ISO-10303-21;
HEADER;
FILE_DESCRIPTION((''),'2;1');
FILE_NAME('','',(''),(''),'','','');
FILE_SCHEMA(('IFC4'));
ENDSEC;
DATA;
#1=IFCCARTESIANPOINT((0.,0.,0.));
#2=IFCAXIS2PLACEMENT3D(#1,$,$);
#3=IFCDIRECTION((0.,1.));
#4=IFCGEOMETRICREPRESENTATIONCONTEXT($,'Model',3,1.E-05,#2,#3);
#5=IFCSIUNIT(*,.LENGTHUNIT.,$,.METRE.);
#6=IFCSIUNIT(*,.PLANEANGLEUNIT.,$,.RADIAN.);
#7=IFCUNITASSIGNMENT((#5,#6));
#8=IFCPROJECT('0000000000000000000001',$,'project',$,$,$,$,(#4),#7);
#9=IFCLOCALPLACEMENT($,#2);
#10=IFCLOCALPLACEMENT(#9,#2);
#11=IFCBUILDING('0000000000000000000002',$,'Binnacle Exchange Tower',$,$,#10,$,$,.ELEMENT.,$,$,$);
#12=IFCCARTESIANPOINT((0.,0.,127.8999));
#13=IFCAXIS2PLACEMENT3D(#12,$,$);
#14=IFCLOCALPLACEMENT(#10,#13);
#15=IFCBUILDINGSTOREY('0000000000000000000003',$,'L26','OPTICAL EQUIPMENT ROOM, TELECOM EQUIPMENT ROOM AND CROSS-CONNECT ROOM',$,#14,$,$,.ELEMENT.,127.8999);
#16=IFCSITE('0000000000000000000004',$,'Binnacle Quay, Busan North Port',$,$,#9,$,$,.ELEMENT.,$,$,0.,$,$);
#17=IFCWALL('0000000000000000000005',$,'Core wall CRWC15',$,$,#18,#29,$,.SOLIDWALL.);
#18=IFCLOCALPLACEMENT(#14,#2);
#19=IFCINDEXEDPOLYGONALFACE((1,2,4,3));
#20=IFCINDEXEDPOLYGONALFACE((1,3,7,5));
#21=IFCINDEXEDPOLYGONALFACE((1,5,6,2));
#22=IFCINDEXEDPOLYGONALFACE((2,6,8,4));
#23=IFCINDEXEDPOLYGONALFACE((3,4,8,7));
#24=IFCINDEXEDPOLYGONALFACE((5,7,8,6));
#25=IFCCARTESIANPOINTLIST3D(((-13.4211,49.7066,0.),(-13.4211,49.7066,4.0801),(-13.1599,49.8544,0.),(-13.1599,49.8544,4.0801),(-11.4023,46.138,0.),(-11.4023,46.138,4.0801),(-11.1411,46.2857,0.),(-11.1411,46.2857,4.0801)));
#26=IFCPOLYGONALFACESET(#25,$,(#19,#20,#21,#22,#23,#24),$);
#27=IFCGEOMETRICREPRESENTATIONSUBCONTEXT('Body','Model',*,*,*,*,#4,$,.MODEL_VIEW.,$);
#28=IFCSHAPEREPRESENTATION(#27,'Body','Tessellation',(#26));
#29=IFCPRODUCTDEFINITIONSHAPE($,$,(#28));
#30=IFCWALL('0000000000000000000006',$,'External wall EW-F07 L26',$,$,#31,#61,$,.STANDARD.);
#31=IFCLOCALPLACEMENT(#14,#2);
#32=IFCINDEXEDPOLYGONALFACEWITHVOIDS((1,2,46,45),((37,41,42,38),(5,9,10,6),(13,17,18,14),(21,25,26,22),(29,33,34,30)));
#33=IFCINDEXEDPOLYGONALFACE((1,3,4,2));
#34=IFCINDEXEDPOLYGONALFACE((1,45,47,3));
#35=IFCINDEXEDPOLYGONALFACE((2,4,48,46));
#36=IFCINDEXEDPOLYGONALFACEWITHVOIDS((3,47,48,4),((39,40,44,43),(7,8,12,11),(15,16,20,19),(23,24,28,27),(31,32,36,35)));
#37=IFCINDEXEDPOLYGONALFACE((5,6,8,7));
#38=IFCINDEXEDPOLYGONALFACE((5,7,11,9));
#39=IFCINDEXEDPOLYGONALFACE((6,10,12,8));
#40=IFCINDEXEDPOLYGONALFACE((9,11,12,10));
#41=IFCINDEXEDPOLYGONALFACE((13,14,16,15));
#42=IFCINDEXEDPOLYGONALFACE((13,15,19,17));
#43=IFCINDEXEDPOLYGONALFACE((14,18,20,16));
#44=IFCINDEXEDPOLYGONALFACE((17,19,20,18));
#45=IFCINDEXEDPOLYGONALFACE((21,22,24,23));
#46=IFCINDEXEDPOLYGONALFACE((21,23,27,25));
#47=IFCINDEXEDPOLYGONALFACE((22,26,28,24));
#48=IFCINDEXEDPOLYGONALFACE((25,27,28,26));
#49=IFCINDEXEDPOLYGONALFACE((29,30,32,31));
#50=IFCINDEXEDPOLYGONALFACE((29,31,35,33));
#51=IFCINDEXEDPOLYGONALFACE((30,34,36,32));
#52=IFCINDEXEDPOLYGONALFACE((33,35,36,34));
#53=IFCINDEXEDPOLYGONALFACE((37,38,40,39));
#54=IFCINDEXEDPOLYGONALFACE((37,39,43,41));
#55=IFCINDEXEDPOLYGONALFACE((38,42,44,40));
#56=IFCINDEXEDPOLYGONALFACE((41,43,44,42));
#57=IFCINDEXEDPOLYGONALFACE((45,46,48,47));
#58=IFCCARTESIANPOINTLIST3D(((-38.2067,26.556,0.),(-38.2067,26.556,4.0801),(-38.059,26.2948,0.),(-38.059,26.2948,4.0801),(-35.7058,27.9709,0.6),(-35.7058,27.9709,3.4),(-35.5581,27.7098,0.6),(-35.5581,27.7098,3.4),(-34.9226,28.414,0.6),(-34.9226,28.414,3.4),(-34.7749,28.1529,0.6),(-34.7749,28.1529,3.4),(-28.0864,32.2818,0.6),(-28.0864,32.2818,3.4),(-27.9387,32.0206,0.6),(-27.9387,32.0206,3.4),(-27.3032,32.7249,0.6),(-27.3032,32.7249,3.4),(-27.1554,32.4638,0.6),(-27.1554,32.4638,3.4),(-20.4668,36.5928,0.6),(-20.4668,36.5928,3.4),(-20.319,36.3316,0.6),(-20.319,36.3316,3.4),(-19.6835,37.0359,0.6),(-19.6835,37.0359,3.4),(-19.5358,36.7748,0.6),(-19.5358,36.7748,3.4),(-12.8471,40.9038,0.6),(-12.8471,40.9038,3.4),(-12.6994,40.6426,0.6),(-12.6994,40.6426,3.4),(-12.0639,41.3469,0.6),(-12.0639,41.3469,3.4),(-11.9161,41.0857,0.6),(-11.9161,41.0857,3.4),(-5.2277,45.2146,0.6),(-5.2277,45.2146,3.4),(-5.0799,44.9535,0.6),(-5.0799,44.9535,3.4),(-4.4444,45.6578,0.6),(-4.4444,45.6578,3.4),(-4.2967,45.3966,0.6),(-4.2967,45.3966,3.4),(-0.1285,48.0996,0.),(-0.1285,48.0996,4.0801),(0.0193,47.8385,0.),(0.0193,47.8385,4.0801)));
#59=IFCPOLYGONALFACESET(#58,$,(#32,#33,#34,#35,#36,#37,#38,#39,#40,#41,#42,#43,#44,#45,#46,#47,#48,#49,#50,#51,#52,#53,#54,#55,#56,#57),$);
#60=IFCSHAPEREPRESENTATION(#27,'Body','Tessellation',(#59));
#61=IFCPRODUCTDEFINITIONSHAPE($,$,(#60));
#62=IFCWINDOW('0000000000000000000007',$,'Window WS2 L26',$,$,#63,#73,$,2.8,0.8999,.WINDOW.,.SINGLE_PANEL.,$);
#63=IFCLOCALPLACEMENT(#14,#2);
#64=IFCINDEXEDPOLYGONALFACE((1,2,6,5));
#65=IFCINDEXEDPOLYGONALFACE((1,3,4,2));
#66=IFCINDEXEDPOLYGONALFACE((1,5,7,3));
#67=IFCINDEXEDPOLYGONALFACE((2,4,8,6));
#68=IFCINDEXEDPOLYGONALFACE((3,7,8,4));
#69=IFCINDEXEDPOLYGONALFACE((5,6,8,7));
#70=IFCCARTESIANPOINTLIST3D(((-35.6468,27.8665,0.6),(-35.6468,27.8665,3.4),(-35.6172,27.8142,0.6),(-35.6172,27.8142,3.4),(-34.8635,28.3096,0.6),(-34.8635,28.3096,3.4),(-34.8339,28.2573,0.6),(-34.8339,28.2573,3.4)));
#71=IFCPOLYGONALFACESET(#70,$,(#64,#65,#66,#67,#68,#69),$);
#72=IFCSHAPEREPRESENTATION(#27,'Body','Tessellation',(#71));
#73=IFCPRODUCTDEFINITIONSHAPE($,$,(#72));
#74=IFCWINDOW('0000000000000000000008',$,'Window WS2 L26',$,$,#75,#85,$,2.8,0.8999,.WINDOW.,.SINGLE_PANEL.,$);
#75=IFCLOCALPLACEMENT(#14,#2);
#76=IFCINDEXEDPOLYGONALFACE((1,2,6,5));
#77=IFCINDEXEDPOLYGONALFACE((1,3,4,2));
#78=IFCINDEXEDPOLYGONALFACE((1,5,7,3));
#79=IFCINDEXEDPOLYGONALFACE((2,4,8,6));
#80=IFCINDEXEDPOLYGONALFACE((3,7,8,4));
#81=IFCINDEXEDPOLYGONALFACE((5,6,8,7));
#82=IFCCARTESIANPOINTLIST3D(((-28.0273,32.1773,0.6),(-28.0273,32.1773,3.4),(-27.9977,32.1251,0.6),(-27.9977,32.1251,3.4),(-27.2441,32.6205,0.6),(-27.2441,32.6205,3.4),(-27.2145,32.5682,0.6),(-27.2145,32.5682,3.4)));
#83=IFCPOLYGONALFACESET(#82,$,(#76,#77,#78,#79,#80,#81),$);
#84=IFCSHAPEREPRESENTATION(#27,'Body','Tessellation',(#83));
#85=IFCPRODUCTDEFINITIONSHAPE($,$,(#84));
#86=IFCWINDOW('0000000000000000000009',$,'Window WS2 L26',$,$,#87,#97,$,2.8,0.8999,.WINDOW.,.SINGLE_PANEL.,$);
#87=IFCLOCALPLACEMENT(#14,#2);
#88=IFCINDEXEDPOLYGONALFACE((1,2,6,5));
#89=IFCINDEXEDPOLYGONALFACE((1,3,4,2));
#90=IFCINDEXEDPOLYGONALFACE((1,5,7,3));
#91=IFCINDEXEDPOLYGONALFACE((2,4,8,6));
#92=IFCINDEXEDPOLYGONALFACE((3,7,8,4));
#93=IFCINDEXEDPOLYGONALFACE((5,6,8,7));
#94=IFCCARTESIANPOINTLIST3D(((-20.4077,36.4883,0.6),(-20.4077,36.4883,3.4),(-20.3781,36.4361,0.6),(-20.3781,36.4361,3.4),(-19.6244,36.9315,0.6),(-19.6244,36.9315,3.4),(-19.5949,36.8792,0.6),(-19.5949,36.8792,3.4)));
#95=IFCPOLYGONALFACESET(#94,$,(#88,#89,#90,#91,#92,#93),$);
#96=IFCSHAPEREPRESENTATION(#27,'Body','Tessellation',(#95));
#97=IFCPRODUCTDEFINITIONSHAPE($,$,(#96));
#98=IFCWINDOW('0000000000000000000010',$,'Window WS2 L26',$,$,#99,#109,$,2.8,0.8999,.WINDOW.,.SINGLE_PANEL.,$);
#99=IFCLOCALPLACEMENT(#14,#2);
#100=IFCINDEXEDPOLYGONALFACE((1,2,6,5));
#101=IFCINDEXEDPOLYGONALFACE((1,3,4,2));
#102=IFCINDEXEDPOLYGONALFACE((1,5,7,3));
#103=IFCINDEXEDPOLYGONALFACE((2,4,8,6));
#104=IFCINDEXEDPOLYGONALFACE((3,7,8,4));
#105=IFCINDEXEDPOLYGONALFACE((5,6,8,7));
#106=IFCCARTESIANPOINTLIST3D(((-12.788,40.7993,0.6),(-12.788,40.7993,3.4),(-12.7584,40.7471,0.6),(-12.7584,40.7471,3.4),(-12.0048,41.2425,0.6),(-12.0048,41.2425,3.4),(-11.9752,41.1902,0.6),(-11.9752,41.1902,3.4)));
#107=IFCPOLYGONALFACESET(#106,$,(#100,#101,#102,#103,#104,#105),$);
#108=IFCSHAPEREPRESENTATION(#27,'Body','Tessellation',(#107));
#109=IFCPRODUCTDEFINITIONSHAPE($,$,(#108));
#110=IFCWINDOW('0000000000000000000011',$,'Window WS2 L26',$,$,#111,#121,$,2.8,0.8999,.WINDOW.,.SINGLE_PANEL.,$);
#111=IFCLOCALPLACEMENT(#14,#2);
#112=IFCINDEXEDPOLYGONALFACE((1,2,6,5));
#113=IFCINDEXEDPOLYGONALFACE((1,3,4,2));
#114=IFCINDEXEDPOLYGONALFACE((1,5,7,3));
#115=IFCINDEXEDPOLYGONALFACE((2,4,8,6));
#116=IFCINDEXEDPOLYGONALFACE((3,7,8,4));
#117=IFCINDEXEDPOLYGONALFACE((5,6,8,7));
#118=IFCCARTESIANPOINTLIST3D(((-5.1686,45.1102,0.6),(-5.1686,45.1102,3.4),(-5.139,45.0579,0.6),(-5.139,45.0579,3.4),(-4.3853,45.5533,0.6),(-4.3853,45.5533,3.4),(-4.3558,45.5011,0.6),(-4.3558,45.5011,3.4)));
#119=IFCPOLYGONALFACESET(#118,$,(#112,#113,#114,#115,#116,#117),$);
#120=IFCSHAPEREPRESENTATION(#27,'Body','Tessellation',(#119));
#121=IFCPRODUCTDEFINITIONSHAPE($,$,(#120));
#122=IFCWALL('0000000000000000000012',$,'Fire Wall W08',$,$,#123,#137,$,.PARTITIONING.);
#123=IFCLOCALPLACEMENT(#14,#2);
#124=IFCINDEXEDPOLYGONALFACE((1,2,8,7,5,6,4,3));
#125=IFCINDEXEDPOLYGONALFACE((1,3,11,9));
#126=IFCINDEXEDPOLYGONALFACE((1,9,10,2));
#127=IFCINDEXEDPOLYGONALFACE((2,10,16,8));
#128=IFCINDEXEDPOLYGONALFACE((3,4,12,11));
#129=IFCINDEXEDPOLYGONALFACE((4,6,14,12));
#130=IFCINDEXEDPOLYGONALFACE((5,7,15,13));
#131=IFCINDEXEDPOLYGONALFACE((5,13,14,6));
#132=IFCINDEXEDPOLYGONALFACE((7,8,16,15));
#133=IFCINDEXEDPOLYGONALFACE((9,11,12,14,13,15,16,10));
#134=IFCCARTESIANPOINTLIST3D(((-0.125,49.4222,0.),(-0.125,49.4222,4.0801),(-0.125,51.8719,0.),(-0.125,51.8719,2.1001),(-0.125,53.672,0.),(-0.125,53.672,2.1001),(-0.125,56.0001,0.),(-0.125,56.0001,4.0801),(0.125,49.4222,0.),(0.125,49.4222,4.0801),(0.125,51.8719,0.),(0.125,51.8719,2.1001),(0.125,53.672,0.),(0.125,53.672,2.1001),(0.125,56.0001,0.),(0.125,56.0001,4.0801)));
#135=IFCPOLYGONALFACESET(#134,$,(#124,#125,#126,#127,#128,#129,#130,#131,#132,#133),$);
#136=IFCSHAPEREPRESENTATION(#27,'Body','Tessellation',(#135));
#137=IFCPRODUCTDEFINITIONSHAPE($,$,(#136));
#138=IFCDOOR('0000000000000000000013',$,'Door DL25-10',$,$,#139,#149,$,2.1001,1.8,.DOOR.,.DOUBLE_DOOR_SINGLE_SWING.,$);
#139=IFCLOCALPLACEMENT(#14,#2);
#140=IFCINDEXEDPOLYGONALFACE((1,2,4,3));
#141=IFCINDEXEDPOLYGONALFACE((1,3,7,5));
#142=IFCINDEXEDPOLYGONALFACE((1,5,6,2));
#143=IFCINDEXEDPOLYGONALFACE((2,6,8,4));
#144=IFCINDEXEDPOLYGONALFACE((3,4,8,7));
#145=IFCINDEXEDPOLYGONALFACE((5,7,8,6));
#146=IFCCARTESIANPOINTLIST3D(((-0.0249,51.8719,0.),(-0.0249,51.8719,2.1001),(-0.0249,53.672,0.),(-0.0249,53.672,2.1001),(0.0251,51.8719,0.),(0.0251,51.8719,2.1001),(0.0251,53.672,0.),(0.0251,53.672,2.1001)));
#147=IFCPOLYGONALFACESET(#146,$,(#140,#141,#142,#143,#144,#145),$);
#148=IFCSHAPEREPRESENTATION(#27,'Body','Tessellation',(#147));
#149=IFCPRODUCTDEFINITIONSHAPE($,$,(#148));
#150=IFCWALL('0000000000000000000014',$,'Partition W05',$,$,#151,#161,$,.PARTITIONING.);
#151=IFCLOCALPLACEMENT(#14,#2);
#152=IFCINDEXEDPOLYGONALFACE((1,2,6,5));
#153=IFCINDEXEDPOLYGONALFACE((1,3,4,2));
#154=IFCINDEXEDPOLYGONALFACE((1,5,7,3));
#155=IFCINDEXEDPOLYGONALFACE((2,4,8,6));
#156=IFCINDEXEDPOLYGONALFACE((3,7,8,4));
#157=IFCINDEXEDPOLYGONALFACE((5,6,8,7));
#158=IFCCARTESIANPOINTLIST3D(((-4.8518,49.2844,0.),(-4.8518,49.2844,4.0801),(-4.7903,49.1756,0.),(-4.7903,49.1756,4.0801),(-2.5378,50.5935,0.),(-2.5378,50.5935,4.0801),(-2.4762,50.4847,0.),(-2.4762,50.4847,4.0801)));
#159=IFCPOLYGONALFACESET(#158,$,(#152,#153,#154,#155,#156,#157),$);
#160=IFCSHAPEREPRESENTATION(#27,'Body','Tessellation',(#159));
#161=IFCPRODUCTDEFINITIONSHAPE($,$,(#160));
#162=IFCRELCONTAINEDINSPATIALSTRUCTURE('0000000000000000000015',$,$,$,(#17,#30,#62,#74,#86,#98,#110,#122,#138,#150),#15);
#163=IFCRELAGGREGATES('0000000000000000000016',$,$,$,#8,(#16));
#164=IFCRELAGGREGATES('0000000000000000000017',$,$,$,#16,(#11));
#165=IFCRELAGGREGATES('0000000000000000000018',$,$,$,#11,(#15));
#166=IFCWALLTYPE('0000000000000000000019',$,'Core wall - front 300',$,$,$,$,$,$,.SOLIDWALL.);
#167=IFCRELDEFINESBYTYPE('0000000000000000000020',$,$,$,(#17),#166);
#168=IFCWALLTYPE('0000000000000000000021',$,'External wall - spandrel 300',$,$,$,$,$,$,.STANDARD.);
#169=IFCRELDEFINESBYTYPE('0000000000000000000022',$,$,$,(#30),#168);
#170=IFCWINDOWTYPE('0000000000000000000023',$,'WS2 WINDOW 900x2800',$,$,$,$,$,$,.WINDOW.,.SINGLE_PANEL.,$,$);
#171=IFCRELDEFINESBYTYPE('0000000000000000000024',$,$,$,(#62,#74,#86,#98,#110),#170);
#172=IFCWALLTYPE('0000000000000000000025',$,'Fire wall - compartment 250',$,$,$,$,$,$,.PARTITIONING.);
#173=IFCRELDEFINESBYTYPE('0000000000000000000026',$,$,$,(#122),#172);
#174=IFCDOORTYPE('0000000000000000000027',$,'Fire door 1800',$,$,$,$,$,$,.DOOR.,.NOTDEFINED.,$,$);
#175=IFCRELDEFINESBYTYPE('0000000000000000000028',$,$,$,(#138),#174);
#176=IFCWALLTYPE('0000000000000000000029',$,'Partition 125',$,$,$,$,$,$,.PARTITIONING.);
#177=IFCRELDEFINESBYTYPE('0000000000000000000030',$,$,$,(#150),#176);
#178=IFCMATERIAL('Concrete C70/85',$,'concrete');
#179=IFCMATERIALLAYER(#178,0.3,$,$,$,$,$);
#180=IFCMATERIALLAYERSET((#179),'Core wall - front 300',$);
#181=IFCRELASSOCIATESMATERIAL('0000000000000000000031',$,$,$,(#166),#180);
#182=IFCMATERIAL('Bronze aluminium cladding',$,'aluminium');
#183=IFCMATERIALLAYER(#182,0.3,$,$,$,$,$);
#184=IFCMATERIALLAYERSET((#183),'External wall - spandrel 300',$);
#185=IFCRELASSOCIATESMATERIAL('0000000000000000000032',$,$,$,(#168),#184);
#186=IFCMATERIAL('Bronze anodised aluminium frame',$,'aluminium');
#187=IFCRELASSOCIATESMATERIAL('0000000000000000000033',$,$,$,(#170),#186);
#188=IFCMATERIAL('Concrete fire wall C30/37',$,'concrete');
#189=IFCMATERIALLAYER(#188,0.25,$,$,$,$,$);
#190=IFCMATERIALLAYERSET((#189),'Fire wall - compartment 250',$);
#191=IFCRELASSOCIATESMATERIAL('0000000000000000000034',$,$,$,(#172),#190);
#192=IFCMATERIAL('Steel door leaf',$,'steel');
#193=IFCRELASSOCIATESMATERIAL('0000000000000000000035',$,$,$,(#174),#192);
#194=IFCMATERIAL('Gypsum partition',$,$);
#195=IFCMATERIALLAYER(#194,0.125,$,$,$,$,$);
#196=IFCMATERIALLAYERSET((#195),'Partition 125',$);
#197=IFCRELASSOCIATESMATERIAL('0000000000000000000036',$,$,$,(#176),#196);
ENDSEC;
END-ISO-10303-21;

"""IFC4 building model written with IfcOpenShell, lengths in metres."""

from ifc_helpers import new_model, si_unit, direction, frame, frame_2d, origin, place, context, subcontext, project, spatial, rectangle, extrude, material, layer, layer_set, type_object, element, fill, save


model = new_model("IFC4")

# Units and contexts
model_context = context("Model", 3, precision=1e-05, world=origin(), true_north=direction((0.0, 1.0)))
body_context = subcontext(model_context, "Body", "Model", "MODEL_VIEW")
ifc_project = project(units=[si_unit("LENGTHUNIT", "METRE"), si_unit("PLANEANGLEUNIT", "RADIAN")], contexts=[model_context])

# Site, building, storey
site_placement = place(None, origin())
site = spatial("IfcSite", under=ifc_project, at=site_placement, Name="Binnacle Quay, Busan North Port", CompositionType="ELEMENT", RefElevation=0.0)
building_placement = place(site_placement, origin())
building = spatial("IfcBuilding", under=site, at=building_placement, Name="Binnacle Exchange Tower", CompositionType="ELEMENT")
storey_placement = place(building_placement, frame((0.0, 0.0, 127.8999)))
storey = spatial("IfcBuildingStorey", under=building, at=storey_placement, Name="L26", Description="OPTICAL EQUIPMENT ROOM, TELECOM EQUIPMENT ROOM AND CROSS-CONNECT ROOM", CompositionType="ELEMENT", Elevation=127.8999)

# Shared definitions
ifc_material_1 = material(Name="Concrete C70/85", Category="concrete")

# Shared definitions
ifc_layer_1 = layer(ifc_material_1, 0.3)
ifc_layer_set_1 = layer_set([ifc_layer_1], Name="Core wall - front 300")
wall_type_1 = type_object("IfcWallType", Name="Core wall - front 300", PredefinedType="SOLIDWALL", material=ifc_layer_set_1)
ifc_material_2 = material(Name="Steel door leaf", Category="steel")

# Wall
wall_1_placement = place(storey_placement, frame((-13.2905, 49.7805, 0.0), z_axis=(0.0, 0.0, 1.0), x_axis=(0.492383, -0.870379, 0.0)))
element("IfcWall", 1, at=wall_1_placement, inside=storey, type_object=wall_type_1, Name="Core wall CRWC15", PredefinedType="SOLIDWALL", context=body_context, shape_type="SweptSolid", body=[
    extrude(rectangle(XDim=4.1001, YDim=0.3, at=frame_2d((2.05, 0.0))), origin(), (0.0, 0.0, 1.0), 4.0801),
])

# Wall, openings, windows
ifc_material_3 = material(Name="Bronze aluminium cladding", Category="aluminium")
ifc_layer_2 = layer(ifc_material_3, 0.3)
ifc_layer_set_2 = layer_set([ifc_layer_2], Name="External wall - spandrel 300")
wall_type_2 = type_object("IfcWallType", Name="External wall - spandrel 300", PredefinedType="STANDARD", material=ifc_layer_set_2)
wall_2_placement = place(storey_placement, frame((-0.0547, 47.969, 0.0), z_axis=(0.0, 0.0, 1.0), x_axis=(-0.870356, -0.492423, 0.0)))
wall_2 = element("IfcWall", 2, at=wall_2_placement, inside=storey, type_object=wall_type_2, Name="External wall EW-F07 L26", PredefinedType="STANDARD", context=body_context, shape_type="SweptSolid", body=[
    extrude(rectangle(XDim=43.7502, YDim=0.3, at=frame_2d((21.875, 0.0))), origin(), (0.0, 0.0, 1.0), 4.0801),
])
opening_1_placement = place(wall_2_placement, frame((39.9768, 0.0, 0.6001)))
opening_1 = element("IfcOpeningElement", 3, at=opening_1_placement, cuts=wall_2, PredefinedType="OPENING", context=body_context, shape_type="SweptSolid", body=[
    extrude(rectangle(XDim=0.8999, YDim=2.8, at=frame_2d((0.45, 1.3999))), frame((0.0, 0.1599, 0.0), z_axis=(0.0, -1.0, 0.0), x_axis=(1.0, 0.0, 0.0)), (0.0, 0.0, 1.0), 0.3201),
])
opening_2_placement = place(wall_2_placement, frame((31.2224, 0.0, 0.6001)))
opening_2 = element("IfcOpeningElement", 4, at=opening_2_placement, cuts=wall_2, PredefinedType="OPENING", context=body_context, shape_type="SweptSolid", body=[
    extrude(rectangle(XDim=0.8999, YDim=2.8, at=frame_2d((0.45, 1.3999))), frame((0.0, 0.1599, 0.0), z_axis=(0.0, -1.0, 0.0), x_axis=(1.0, 0.0, 0.0)), (0.0, 0.0, 1.0), 0.3201),
])
opening_3_placement = place(wall_2_placement, frame((22.4678, 0.0, 0.6001)))
opening_3 = element("IfcOpeningElement", 5, at=opening_3_placement, cuts=wall_2, PredefinedType="OPENING", context=body_context, shape_type="SweptSolid", body=[
    extrude(rectangle(XDim=0.8999, YDim=2.8, at=frame_2d((0.45, 1.3999))), frame((0.0, 0.1599, 0.0), z_axis=(0.0, -1.0, 0.0), x_axis=(1.0, 0.0, 0.0)), (0.0, 0.0, 1.0), 0.3201),
])
opening_4_placement = place(wall_2_placement, frame((13.7131, 0.0, 0.6001)))
opening_4 = element("IfcOpeningElement", 6, at=opening_4_placement, cuts=wall_2, PredefinedType="OPENING", context=body_context, shape_type="SweptSolid", body=[
    extrude(rectangle(XDim=0.8999, YDim=2.8, at=frame_2d((0.45, 1.3999))), frame((0.0, 0.1599, 0.0), z_axis=(0.0, -1.0, 0.0), x_axis=(1.0, 0.0, 0.0)), (0.0, 0.0, 1.0), 0.3201),
])
opening_5_placement = place(wall_2_placement, frame((4.9587, 0.0, 0.6001)))
opening_5 = element("IfcOpeningElement", 7, at=opening_5_placement, cuts=wall_2, PredefinedType="OPENING", context=body_context, shape_type="SweptSolid", body=[
    extrude(rectangle(XDim=0.8999, YDim=2.8, at=frame_2d((0.45, 1.3999))), frame((0.0, 0.1599, 0.0), z_axis=(0.0, -1.0, 0.0), x_axis=(1.0, 0.0, 0.0)), (0.0, 0.0, 1.0), 0.3201),
])
ifc_material_4 = material(Name="Bronze anodised aluminium frame", Category="aluminium")
window_type = type_object("IfcWindowType", Name="WS2 WINDOW 900x2800", PartitioningType="SINGLE_PANEL", PredefinedType="WINDOW", material=ifc_material_4)
window_1_placement = place(opening_1_placement, origin())
window_1 = element("IfcWindow", 8, at=window_1_placement, inside=storey, type_object=window_type, Name="Window WS2 L26", OverallHeight=2.8, OverallWidth=0.8999, PartitioningType="SINGLE_PANEL", PredefinedType="WINDOW", context=body_context, shape_type="SweptSolid", body=[
    extrude(rectangle(XDim=0.8999, YDim=2.8, at=frame_2d((0.45, 1.3999))), frame((0.0, 0.03, 0.0), z_axis=(0.0, -1.0, 0.0), x_axis=(1.0, 0.0, 0.0)), (0.0, 0.0, 1.0), 0.0601),
])
fill(opening_1, window_1)
window_2_placement = place(opening_2_placement, origin())
window_2 = element("IfcWindow", 9, at=window_2_placement, inside=storey, type_object=window_type, Name="Window WS2 L26", OverallHeight=2.8, OverallWidth=0.8999, PartitioningType="SINGLE_PANEL", PredefinedType="WINDOW", context=body_context, shape_type="SweptSolid", body=[
    extrude(rectangle(XDim=0.8999, YDim=2.8, at=frame_2d((0.45, 1.3999))), frame((0.0, 0.03, 0.0), z_axis=(0.0, -1.0, 0.0), x_axis=(1.0, 0.0, 0.0)), (0.0, 0.0, 1.0), 0.0601),
])
fill(opening_2, window_2)
window_3_placement = place(opening_3_placement, origin())
window_3 = element("IfcWindow", 10, at=window_3_placement, inside=storey, type_object=window_type, Name="Window WS2 L26", OverallHeight=2.8, OverallWidth=0.8999, PartitioningType="SINGLE_PANEL", PredefinedType="WINDOW", context=body_context, shape_type="SweptSolid", body=[
    extrude(rectangle(XDim=0.8999, YDim=2.8, at=frame_2d((0.45, 1.3999))), frame((0.0, 0.03, 0.0), z_axis=(0.0, -1.0, 0.0), x_axis=(1.0, 0.0, 0.0)), (0.0, 0.0, 1.0), 0.0601),
])
fill(opening_3, window_3)
window_4_placement = place(opening_4_placement, origin())
window_4 = element("IfcWindow", 11, at=window_4_placement, inside=storey, type_object=window_type, Name="Window WS2 L26", OverallHeight=2.8, OverallWidth=0.8999, PartitioningType="SINGLE_PANEL", PredefinedType="WINDOW", context=body_context, shape_type="SweptSolid", body=[
    extrude(rectangle(XDim=0.8999, YDim=2.8, at=frame_2d((0.45, 1.3999))), frame((0.0, 0.03, 0.0), z_axis=(0.0, -1.0, 0.0), x_axis=(1.0, 0.0, 0.0)), (0.0, 0.0, 1.0), 0.0601),
])
fill(opening_4, window_4)
window_5_placement = place(opening_5_placement, origin())
window_5 = element("IfcWindow", 12, at=window_5_placement, inside=storey, type_object=window_type, Name="Window WS2 L26", OverallHeight=2.8, OverallWidth=0.8999, PartitioningType="SINGLE_PANEL", PredefinedType="WINDOW", context=body_context, shape_type="SweptSolid", body=[
    extrude(rectangle(XDim=0.8999, YDim=2.8, at=frame_2d((0.45, 1.3999))), frame((0.0, 0.03, 0.0), z_axis=(0.0, -1.0, 0.0), x_axis=(1.0, 0.0, 0.0)), (0.0, 0.0, 1.0), 0.0601),
])
fill(opening_5, window_5)

# Wall, opening, door
ifc_material_5 = material(Name="Concrete fire wall C30/37", Category="concrete")
ifc_layer_3 = layer(ifc_material_5, 0.25)
ifc_layer_set_3 = layer_set([ifc_layer_3], Name="Fire wall - compartment 250")
wall_type_3 = type_object("IfcWallType", Name="Fire wall - compartment 250", PredefinedType="PARTITIONING", material=ifc_layer_set_3)
wall_3_placement = place(storey_placement, frame((0.0, 49.4221, 0.0), z_axis=(0.0, 0.0, 1.0), x_axis=(0.0, 1.0, 0.0)))
wall_3 = element("IfcWall", 13, at=wall_3_placement, inside=storey, type_object=wall_type_3, Name="Fire Wall W08", PredefinedType="PARTITIONING", context=body_context, shape_type="SweptSolid", body=[
    extrude(rectangle(XDim=6.5779, YDim=0.25, at=frame_2d((3.2891, 0.0))), origin(), (0.0, 0.0, 1.0), 4.0801),
])
opening_6_placement = place(wall_3_placement, frame((2.45, 0.0, 0.0)))
opening_6 = element("IfcOpeningElement", 14, at=opening_6_placement, cuts=wall_3, PredefinedType="OPENING", context=body_context, shape_type="SweptSolid", body=[
    extrude(rectangle(XDim=1.8, YDim=2.1001, at=frame_2d((0.8999, 1.05))), frame((0.0, 0.135, 0.0), z_axis=(0.0, -1.0, 0.0), x_axis=(1.0, 0.0, 0.0)), (0.0, 0.0, 1.0), 0.27),
])
door_type_1 = type_object("IfcDoorType", Name="Fire door 1800", OperationType="NOTDEFINED", PredefinedType="DOOR", material=ifc_material_2)
door_1_placement = place(opening_6_placement, origin())
door_1 = element("IfcDoor", 15, at=door_1_placement, inside=storey, type_object=door_type_1, Name="Door DL25-10", OperationType="DOUBLE_DOOR_SINGLE_SWING", OverallHeight=2.1001, OverallWidth=1.8, PredefinedType="DOOR", context=body_context, shape_type="SweptSolid", body=[
    extrude(rectangle(XDim=1.8, YDim=2.1001, at=frame_2d((0.8999, 1.05))), frame((0.0, 0.0249, 0.0), z_axis=(0.0, -1.0, 0.0), x_axis=(1.0, 0.0, 0.0)), (0.0, 0.0, 1.0), 0.05),
])
fill(opening_6, door_1)

# Wall
ifc_material_6 = material(Name="Gypsum partition")
ifc_layer_4 = layer(ifc_material_6, 0.125)
ifc_layer_set_4 = layer_set([ifc_layer_4], Name="Partition 125")
wall_type_4 = type_object("IfcWallType", Name="Partition 125", PredefinedType="PARTITIONING", material=ifc_layer_set_4)
wall_4_placement = place(storey_placement, frame((-4.821, 49.23, 0.0), z_axis=(0.0, 0.0, 1.0), x_axis=(0.870371, 0.492396, 0.0)))
element("IfcWall", 16, at=wall_4_placement, inside=storey, type_object=wall_type_4, Name="Partition W05", PredefinedType="PARTITIONING", context=body_context, shape_type="SweptSolid", body=[
    extrude(rectangle(XDim=2.6587, YDim=0.125, at=frame_2d((1.3293, 0.0))), origin(), (0.0, 0.0, 1.0), 4.0801),
])

save(model, "model.ifc")
